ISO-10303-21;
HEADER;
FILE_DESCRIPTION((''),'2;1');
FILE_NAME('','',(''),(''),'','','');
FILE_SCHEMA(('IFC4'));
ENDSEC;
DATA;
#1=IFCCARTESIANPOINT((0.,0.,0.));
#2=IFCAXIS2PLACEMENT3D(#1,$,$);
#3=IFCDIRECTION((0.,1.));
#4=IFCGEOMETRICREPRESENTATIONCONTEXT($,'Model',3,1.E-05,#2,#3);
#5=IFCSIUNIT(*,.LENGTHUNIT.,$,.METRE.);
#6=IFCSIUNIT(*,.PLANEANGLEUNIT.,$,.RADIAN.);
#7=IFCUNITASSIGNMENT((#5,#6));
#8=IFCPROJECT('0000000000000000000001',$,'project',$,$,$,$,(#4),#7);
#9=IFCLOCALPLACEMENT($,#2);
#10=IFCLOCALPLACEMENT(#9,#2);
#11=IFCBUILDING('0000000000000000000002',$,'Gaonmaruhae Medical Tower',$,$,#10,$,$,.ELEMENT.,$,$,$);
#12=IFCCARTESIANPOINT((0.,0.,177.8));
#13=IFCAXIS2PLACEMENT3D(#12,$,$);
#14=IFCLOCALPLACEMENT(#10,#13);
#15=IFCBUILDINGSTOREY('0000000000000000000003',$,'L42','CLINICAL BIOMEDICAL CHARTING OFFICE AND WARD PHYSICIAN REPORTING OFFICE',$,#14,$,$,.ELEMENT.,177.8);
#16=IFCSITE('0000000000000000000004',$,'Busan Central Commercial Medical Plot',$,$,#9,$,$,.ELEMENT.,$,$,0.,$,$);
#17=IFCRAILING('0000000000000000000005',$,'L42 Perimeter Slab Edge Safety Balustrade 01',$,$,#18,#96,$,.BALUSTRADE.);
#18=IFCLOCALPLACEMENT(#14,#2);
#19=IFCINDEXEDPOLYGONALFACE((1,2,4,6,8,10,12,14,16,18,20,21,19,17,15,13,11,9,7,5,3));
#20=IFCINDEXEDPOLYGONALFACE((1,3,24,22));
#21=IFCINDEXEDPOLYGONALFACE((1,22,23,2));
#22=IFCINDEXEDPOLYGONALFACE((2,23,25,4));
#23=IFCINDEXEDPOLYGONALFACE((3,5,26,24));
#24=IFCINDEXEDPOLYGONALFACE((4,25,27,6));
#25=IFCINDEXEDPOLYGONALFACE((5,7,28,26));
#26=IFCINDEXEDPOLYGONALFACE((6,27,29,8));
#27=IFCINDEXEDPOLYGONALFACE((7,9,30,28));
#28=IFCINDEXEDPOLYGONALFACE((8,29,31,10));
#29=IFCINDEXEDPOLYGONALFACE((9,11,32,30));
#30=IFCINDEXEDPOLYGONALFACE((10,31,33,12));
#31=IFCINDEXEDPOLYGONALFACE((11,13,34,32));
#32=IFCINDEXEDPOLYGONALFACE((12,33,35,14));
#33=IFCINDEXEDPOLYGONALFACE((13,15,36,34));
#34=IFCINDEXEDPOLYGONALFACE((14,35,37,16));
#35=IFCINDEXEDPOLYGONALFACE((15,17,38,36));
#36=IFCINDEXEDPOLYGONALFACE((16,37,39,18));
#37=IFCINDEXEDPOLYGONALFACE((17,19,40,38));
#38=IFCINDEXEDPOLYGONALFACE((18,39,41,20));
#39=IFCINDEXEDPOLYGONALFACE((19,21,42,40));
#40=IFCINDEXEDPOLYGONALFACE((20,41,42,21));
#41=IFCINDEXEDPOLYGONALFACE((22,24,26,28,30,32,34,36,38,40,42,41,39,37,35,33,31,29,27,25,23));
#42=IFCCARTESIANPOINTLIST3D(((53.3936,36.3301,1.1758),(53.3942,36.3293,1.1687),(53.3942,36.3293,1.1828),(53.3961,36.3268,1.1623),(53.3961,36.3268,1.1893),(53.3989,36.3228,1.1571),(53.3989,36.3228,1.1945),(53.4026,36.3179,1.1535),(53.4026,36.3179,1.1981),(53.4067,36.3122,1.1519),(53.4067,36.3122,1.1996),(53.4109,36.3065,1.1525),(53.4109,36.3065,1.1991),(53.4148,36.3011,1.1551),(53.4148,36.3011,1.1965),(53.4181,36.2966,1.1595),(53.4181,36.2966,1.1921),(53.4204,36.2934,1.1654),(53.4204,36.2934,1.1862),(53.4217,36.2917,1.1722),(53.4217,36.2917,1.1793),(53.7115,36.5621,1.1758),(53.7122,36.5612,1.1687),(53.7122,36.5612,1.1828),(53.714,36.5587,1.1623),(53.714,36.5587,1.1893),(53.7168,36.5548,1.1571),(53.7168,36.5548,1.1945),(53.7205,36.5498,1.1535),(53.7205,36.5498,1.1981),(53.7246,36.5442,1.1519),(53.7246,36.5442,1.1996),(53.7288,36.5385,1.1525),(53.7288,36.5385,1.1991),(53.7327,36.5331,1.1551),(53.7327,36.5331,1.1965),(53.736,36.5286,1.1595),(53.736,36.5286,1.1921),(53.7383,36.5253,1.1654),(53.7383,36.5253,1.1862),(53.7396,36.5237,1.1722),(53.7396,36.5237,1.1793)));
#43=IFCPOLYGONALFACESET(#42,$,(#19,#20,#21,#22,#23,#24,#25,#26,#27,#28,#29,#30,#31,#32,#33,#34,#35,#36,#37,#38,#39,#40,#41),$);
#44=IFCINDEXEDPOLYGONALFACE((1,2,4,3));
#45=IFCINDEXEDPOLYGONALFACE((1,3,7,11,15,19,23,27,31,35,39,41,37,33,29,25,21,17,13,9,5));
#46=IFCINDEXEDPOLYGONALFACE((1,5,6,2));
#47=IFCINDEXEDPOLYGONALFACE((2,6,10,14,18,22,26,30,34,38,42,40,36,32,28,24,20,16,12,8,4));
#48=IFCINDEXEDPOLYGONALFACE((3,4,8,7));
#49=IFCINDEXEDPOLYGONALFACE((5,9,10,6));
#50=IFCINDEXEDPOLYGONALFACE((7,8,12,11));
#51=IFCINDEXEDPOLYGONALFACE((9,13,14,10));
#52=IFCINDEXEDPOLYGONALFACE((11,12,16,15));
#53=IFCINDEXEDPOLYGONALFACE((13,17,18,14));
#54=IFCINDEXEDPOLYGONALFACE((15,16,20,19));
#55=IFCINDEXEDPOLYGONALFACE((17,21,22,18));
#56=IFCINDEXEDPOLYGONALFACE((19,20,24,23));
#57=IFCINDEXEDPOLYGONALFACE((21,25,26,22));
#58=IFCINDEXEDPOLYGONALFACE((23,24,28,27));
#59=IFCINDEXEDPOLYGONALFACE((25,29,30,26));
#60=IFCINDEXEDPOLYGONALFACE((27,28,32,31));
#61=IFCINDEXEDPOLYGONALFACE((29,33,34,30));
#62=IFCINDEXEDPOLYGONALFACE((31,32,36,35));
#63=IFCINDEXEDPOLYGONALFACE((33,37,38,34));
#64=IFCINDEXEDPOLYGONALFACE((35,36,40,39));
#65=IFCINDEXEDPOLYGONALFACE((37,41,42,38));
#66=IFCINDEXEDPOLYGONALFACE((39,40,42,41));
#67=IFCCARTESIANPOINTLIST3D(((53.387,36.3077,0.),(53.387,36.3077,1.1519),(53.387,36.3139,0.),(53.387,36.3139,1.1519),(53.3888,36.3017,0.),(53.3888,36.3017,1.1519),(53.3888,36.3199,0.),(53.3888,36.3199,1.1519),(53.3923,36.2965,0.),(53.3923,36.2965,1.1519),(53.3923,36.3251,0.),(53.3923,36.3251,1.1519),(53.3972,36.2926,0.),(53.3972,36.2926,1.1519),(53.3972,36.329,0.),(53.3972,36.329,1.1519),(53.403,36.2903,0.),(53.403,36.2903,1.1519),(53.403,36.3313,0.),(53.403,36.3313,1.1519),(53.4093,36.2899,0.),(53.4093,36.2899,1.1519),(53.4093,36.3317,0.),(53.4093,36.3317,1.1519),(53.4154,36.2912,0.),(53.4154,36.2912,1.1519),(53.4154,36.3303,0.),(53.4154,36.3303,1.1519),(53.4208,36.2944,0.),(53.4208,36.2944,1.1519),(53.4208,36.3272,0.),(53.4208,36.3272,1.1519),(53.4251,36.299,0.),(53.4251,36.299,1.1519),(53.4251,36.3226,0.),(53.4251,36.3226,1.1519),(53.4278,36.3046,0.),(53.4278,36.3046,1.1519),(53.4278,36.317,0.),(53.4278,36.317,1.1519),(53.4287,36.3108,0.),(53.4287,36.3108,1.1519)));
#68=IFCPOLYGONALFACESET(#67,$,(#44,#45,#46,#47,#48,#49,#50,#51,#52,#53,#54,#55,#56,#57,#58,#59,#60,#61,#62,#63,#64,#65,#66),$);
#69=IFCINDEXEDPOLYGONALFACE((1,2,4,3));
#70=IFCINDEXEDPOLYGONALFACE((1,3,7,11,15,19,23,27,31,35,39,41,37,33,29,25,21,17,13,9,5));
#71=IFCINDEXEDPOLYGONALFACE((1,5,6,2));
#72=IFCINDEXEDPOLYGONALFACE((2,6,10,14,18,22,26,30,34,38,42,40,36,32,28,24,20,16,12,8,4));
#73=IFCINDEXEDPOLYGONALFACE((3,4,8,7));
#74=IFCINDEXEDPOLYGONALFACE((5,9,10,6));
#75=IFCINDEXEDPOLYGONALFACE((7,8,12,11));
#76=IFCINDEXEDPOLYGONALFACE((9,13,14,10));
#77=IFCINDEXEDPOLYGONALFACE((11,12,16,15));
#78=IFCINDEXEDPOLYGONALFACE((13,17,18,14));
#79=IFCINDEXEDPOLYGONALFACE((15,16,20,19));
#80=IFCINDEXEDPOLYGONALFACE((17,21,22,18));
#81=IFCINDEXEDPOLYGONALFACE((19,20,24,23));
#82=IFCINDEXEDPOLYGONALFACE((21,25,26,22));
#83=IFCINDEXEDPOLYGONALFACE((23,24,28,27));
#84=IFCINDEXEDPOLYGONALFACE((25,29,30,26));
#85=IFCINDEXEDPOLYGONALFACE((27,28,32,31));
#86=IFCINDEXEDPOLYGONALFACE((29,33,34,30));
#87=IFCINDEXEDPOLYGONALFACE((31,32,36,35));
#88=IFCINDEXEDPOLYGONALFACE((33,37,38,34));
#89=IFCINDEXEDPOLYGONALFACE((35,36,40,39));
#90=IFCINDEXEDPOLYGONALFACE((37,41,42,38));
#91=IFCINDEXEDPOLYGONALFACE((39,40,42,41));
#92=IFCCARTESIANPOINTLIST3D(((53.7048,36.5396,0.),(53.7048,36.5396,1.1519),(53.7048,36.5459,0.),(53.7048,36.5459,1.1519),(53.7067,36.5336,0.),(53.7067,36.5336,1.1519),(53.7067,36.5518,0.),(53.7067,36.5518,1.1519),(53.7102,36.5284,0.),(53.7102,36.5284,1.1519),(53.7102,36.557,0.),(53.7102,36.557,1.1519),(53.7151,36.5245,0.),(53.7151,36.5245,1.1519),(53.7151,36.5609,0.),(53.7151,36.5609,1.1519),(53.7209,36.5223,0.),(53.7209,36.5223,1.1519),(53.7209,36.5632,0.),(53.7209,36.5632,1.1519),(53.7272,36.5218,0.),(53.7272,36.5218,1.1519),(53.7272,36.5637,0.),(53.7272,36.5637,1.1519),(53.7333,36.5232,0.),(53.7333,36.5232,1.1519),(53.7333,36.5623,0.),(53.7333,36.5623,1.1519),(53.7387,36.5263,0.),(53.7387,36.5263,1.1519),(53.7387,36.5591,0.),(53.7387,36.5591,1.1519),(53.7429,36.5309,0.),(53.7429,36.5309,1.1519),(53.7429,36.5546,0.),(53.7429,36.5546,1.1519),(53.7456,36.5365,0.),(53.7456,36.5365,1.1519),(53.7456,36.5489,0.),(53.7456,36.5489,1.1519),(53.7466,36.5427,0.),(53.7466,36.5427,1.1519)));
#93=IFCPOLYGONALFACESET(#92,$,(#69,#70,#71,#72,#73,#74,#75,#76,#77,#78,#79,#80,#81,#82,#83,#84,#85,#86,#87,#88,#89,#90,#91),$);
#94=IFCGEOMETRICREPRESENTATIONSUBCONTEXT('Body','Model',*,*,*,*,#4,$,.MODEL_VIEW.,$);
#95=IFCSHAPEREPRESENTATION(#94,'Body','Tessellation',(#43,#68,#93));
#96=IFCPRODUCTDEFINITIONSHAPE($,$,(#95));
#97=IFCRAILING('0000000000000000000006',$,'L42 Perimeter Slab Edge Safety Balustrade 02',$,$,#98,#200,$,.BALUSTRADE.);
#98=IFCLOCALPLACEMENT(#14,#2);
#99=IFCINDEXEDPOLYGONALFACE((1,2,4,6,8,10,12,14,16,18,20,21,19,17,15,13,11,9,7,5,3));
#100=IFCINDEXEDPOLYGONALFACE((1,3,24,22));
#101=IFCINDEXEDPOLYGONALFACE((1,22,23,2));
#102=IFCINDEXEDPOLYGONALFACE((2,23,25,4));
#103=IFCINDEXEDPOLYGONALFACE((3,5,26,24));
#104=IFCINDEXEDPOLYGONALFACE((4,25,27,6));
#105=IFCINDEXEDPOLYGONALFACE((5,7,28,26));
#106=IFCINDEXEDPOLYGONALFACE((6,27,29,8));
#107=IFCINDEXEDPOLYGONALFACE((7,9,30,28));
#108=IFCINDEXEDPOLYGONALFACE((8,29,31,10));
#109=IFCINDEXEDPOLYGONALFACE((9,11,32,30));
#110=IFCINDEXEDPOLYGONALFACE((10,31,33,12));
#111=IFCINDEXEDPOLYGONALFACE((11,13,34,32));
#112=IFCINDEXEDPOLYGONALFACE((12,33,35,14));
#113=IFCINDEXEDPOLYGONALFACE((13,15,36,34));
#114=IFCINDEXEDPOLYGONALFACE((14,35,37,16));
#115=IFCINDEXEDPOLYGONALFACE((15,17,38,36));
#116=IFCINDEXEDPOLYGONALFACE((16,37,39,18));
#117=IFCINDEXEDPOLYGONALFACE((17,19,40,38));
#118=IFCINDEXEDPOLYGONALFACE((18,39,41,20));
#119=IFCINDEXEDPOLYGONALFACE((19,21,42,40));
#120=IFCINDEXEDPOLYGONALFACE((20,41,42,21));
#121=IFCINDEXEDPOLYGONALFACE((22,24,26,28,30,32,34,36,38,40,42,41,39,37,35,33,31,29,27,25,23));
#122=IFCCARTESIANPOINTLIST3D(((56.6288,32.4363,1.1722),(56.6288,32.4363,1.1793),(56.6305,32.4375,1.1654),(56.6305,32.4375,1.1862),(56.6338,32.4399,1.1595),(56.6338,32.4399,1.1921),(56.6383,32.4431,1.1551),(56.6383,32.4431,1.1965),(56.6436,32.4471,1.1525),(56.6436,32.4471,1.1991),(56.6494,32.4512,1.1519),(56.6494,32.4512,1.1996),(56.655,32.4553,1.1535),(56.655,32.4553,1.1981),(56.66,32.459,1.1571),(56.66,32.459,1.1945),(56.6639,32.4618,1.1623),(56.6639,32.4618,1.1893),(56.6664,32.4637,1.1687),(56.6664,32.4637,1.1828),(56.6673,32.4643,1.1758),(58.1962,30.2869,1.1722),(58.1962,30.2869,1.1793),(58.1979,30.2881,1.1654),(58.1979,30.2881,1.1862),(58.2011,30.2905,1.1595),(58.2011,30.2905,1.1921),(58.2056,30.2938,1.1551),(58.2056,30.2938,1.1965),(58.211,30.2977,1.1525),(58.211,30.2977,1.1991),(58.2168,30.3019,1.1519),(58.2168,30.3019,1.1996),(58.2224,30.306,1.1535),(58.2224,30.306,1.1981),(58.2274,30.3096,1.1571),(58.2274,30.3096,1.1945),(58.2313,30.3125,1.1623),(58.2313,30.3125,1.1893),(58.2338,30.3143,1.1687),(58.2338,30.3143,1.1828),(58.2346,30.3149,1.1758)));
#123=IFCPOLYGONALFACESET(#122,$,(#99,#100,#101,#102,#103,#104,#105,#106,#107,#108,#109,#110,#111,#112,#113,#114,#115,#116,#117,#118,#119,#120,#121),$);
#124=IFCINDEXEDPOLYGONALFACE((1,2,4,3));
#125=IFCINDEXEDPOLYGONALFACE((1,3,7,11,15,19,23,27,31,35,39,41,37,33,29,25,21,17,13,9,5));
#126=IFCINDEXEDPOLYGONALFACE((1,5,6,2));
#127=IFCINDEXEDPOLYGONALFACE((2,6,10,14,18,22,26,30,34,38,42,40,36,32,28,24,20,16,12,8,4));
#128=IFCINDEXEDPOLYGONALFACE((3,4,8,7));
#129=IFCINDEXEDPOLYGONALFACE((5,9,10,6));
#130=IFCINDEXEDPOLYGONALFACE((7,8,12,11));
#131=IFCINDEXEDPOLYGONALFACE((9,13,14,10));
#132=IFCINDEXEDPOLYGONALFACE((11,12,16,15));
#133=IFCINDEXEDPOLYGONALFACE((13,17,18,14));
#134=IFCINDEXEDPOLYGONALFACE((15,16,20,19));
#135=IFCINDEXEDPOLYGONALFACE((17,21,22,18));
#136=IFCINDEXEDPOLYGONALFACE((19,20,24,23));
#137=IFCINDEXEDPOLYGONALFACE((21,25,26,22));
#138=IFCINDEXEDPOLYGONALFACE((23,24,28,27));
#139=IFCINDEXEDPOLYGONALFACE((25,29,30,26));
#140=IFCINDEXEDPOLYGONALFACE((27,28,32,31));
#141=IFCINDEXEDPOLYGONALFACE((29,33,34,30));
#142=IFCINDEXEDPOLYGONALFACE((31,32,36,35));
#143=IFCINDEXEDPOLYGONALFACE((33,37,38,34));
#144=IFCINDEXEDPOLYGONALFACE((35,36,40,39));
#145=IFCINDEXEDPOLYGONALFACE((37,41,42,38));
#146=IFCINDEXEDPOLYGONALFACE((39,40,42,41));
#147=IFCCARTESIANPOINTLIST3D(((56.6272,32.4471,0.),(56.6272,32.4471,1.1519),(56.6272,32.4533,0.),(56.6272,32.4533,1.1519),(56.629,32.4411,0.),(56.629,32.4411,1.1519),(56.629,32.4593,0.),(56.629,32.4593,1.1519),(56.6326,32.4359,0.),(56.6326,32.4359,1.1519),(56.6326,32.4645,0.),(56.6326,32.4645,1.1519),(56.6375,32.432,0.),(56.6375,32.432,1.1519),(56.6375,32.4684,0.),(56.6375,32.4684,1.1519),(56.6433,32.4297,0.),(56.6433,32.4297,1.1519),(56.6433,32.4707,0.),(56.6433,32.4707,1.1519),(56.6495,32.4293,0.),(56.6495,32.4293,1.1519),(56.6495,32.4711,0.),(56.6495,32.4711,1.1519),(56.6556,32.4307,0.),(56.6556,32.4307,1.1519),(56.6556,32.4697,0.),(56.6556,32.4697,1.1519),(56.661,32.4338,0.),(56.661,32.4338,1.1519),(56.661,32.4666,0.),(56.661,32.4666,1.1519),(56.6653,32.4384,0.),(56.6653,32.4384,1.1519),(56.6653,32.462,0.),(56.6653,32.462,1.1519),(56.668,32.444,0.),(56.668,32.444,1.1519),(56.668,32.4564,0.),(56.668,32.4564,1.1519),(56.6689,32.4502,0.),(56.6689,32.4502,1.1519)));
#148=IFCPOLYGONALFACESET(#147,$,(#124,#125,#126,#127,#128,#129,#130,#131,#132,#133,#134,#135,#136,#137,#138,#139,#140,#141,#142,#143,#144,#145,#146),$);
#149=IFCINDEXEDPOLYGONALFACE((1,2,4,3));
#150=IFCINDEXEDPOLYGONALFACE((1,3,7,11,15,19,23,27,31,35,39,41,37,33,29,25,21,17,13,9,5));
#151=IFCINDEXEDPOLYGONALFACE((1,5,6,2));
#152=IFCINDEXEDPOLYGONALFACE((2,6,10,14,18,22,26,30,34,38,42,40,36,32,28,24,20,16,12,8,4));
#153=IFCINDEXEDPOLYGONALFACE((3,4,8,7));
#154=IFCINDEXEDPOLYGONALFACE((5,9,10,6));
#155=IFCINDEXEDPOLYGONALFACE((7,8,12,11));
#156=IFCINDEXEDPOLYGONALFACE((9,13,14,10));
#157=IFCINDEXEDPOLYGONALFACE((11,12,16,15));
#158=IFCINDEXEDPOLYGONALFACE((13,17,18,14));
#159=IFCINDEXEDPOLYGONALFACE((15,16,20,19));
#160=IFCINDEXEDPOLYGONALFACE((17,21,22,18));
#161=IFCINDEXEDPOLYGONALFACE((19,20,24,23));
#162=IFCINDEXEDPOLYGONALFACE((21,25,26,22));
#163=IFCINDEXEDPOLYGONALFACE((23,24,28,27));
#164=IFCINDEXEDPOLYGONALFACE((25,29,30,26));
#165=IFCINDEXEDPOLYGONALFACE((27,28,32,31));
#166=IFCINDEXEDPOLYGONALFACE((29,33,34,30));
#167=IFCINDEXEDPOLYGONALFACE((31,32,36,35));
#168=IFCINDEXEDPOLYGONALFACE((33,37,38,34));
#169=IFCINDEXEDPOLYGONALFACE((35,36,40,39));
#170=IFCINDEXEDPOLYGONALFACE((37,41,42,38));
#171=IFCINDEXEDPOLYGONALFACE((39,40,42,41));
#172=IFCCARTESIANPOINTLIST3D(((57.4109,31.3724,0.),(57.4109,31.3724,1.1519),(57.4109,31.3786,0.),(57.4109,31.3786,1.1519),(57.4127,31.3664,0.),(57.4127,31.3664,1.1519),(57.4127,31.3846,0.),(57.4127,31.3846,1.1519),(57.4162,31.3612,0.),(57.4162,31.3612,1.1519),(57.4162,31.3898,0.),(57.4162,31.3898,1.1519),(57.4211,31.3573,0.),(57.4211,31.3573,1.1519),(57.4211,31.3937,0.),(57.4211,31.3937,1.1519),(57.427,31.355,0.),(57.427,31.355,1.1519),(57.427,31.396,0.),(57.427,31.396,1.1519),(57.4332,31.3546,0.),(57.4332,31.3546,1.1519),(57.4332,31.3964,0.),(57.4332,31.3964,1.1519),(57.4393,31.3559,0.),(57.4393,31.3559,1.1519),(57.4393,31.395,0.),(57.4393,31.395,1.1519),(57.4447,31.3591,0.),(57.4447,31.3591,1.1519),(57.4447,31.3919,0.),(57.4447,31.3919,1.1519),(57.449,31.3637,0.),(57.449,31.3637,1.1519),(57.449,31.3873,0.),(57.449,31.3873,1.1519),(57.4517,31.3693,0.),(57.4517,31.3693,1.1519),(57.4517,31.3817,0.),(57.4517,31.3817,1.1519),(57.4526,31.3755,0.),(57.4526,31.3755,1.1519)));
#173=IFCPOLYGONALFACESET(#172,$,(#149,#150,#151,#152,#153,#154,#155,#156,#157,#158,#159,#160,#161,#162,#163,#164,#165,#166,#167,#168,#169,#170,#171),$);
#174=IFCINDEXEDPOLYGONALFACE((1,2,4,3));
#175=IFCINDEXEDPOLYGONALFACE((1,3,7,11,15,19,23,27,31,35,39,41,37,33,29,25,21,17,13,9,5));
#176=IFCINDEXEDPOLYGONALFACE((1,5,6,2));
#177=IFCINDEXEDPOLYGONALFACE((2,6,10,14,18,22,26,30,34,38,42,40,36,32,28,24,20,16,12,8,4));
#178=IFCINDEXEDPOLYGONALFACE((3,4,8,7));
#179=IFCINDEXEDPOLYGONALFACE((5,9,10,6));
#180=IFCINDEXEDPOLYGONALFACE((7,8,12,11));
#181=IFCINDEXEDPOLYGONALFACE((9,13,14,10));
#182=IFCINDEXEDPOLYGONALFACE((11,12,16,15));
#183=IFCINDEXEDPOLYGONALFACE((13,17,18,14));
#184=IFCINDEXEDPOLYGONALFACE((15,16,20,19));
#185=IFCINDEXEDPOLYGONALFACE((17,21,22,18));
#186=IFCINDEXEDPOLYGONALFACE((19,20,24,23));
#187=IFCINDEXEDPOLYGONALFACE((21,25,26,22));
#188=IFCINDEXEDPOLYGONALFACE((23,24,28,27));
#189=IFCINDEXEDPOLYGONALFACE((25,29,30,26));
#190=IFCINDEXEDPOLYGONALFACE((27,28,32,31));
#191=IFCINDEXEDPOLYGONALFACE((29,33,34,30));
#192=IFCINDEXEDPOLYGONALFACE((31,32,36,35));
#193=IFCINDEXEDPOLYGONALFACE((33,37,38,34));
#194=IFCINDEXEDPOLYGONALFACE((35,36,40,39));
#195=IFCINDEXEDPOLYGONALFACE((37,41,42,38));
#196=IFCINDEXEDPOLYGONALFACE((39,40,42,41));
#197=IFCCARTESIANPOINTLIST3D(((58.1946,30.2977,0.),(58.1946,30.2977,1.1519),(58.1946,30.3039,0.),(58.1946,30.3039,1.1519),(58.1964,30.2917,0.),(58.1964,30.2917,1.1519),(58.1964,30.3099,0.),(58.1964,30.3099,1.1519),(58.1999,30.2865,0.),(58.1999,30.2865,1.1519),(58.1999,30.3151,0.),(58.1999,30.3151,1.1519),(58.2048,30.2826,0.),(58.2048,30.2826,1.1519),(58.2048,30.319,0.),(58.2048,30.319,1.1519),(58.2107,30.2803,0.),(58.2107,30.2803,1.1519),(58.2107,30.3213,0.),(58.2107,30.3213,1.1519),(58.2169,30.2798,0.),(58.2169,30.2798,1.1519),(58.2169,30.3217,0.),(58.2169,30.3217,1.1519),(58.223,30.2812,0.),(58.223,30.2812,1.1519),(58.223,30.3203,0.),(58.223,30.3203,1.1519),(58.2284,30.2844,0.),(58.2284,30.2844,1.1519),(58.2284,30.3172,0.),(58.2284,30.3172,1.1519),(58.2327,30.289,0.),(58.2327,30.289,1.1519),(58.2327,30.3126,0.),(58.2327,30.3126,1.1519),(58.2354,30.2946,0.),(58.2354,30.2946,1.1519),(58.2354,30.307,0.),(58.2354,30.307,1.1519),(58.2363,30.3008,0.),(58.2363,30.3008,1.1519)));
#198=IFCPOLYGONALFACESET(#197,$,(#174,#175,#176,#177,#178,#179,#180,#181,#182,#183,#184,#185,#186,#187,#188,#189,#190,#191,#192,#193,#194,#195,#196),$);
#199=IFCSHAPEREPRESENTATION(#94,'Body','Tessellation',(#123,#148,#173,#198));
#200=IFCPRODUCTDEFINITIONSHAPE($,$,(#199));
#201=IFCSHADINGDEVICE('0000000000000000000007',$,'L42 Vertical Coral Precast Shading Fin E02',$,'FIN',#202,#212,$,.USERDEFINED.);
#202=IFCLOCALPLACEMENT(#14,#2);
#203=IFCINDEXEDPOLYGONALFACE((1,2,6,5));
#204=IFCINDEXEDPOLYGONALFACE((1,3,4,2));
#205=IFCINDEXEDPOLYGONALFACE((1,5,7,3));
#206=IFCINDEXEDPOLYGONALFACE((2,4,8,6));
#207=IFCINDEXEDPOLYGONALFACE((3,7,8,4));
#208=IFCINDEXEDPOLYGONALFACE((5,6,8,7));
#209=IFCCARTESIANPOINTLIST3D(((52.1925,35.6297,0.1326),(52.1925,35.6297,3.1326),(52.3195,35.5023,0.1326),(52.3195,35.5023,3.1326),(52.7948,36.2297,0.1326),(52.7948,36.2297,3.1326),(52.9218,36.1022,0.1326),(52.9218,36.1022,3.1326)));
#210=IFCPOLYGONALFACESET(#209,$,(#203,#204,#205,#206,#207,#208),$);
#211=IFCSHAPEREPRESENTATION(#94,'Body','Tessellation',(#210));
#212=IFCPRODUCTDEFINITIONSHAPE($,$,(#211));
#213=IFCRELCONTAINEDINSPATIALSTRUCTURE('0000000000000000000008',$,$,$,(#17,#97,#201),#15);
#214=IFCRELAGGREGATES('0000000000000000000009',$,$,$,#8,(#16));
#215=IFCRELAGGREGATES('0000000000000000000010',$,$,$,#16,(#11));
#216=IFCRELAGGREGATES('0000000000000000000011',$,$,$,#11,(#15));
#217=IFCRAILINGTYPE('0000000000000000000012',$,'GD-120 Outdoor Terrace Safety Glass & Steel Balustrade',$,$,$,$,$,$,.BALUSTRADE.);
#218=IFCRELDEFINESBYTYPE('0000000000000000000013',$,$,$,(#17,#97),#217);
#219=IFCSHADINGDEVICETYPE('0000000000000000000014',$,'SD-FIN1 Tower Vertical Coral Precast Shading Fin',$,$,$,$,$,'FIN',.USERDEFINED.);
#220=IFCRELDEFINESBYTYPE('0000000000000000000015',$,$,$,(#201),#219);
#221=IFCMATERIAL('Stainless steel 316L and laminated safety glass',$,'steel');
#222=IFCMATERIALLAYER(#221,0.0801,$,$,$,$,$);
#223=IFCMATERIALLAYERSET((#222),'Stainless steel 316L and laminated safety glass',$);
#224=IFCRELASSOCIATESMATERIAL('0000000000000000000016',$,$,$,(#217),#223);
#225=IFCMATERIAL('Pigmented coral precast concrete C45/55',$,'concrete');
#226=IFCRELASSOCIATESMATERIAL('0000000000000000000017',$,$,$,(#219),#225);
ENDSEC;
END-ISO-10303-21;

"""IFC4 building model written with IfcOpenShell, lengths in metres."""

from ifc_helpers import new_model, si_unit, direction, frame, origin, origin_2d, place, context, subcontext, project, spatial, rectangle, circle, extrude, material, layer, layer_set, type_object, element, save


model = new_model("IFC4")

# Units and contexts
model_context = context("Model", 3, precision=1e-05, world=origin(), true_north=direction((0.0, 1.0)))
body_context = subcontext(model_context, "Body", "Model", "MODEL_VIEW")
ifc_project = project(units=[si_unit("LENGTHUNIT", "METRE"), si_unit("PLANEANGLEUNIT", "RADIAN")], contexts=[model_context])

# Site, building, storey
site_placement = place(None, origin())
site = spatial("IfcSite", under=ifc_project, at=site_placement, Name="Busan Central Commercial Medical Plot", CompositionType="ELEMENT", RefElevation=0.0)
building_placement = place(site_placement, origin())
building = spatial("IfcBuilding", under=site, at=building_placement, Name="Gaonmaruhae Medical Tower", CompositionType="ELEMENT")
storey_placement = place(building_placement, frame((0.0, 0.0, 177.8)))
storey = spatial("IfcBuildingStorey", under=building, at=storey_placement, Name="L42", Description="CLINICAL BIOMEDICAL CHARTING OFFICE AND WARD PHYSICIAN REPORTING OFFICE", CompositionType="ELEMENT", Elevation=177.8)

# Railings
ifc_material_1 = material(Name="Stainless steel 316L and laminated safety glass", Category="steel")
ifc_layer_1 = layer(ifc_material_1, 0.0801)
ifc_layer_set_1 = layer_set([ifc_layer_1], Name="Stainless steel 316L and laminated safety glass")
railing_type = type_object("IfcRailingType", Name="GD-120 Outdoor Terrace Safety Glass & Steel Balustrade", PredefinedType="BALUSTRADE", material=ifc_layer_set_1)
railing_1_placement = place(storey_placement, frame((53.4077, 36.3108, 0.0)))
element("IfcRailing", 1, at=railing_1_placement, inside=storey, type_object=railing_type, Name="L42 Perimeter Slab Edge Safety Balustrade 01", PredefinedType="BALUSTRADE", context=body_context, shape_type="SweptSolid", body=[
    extrude(circle(Radius=0.0239, at=origin_2d()), frame((0.0, 0.0, 1.1758), z_axis=(0.807823, 0.589425, 0.0), x_axis=(-0.589425, 0.807823, 0.0)), (0.0, 0.0, 1.0), 0.3936),
    extrude(circle(Radius=0.021, at=origin_2d()), origin(), (0.0, 0.0, 1.0), 1.1519),
    extrude(circle(Radius=0.021, at=origin_2d()), frame((0.3179, 0.2319, 0.0)), (0.0, 0.0, 1.0), 1.1519),
])
railing_2_placement = place(storey_placement, frame((56.6479, 32.4502, 0.0)))
element("IfcRailing", 2, at=railing_2_placement, inside=storey, type_object=railing_type, Name="L42 Perimeter Slab Edge Safety Balustrade 02", PredefinedType="BALUSTRADE", context=body_context, shape_type="SweptSolid", body=[
    extrude(circle(Radius=0.0239, at=origin_2d()), frame((0.0, 0.0, 1.1758), z_axis=(0.589197, -0.807989, 0.0), x_axis=(0.807989, 0.589197, 0.0)), (0.0, 0.0, 1.0), 2.6602),
    extrude(circle(Radius=0.021, at=origin_2d()), origin(), (0.0, 0.0, 1.0), 1.1519),
    extrude(circle(Radius=0.021, at=origin_2d()), frame((0.7837, -1.0747, 0.0)), (0.0, 0.0, 1.0), 1.1519),
    extrude(circle(Radius=0.021, at=origin_2d()), frame((1.5674, -2.1494, 0.0)), (0.0, 0.0, 1.0), 1.1519),
])

# Shading device
ifc_material_2 = material(Name="Pigmented coral precast concrete C45/55", Category="concrete")
shading_device_type = type_object("IfcShadingDeviceType", Name="SD-FIN1 Tower Vertical Coral Precast Shading Fin", ElementType="FIN", PredefinedType="USERDEFINED", material=ifc_material_2)
for number, where, z_axis, x_axis, name in (
    (3, (52.5571, 35.866, 0.1326), (0.0, 0.0, 1.0), (0.705748, -0.708463, 0.0), "L42 Vertical Coral Precast Shading Fin E02"),
):
    element("IfcShadingDevice", number, at=place(storey_placement, frame(where, z_axis=z_axis, x_axis=x_axis)), inside=storey, type_object=shading_device_type, Name=name, ObjectType="FIN", PredefinedType="USERDEFINED", context=body_context, shape_type="SweptSolid", body=[
        extrude(rectangle(XDim=0.1799, YDim=0.8501, at=origin_2d()), origin(), (0.0, 0.0, 1.0), 3.0),
    ])

save(model, "model.ifc")
